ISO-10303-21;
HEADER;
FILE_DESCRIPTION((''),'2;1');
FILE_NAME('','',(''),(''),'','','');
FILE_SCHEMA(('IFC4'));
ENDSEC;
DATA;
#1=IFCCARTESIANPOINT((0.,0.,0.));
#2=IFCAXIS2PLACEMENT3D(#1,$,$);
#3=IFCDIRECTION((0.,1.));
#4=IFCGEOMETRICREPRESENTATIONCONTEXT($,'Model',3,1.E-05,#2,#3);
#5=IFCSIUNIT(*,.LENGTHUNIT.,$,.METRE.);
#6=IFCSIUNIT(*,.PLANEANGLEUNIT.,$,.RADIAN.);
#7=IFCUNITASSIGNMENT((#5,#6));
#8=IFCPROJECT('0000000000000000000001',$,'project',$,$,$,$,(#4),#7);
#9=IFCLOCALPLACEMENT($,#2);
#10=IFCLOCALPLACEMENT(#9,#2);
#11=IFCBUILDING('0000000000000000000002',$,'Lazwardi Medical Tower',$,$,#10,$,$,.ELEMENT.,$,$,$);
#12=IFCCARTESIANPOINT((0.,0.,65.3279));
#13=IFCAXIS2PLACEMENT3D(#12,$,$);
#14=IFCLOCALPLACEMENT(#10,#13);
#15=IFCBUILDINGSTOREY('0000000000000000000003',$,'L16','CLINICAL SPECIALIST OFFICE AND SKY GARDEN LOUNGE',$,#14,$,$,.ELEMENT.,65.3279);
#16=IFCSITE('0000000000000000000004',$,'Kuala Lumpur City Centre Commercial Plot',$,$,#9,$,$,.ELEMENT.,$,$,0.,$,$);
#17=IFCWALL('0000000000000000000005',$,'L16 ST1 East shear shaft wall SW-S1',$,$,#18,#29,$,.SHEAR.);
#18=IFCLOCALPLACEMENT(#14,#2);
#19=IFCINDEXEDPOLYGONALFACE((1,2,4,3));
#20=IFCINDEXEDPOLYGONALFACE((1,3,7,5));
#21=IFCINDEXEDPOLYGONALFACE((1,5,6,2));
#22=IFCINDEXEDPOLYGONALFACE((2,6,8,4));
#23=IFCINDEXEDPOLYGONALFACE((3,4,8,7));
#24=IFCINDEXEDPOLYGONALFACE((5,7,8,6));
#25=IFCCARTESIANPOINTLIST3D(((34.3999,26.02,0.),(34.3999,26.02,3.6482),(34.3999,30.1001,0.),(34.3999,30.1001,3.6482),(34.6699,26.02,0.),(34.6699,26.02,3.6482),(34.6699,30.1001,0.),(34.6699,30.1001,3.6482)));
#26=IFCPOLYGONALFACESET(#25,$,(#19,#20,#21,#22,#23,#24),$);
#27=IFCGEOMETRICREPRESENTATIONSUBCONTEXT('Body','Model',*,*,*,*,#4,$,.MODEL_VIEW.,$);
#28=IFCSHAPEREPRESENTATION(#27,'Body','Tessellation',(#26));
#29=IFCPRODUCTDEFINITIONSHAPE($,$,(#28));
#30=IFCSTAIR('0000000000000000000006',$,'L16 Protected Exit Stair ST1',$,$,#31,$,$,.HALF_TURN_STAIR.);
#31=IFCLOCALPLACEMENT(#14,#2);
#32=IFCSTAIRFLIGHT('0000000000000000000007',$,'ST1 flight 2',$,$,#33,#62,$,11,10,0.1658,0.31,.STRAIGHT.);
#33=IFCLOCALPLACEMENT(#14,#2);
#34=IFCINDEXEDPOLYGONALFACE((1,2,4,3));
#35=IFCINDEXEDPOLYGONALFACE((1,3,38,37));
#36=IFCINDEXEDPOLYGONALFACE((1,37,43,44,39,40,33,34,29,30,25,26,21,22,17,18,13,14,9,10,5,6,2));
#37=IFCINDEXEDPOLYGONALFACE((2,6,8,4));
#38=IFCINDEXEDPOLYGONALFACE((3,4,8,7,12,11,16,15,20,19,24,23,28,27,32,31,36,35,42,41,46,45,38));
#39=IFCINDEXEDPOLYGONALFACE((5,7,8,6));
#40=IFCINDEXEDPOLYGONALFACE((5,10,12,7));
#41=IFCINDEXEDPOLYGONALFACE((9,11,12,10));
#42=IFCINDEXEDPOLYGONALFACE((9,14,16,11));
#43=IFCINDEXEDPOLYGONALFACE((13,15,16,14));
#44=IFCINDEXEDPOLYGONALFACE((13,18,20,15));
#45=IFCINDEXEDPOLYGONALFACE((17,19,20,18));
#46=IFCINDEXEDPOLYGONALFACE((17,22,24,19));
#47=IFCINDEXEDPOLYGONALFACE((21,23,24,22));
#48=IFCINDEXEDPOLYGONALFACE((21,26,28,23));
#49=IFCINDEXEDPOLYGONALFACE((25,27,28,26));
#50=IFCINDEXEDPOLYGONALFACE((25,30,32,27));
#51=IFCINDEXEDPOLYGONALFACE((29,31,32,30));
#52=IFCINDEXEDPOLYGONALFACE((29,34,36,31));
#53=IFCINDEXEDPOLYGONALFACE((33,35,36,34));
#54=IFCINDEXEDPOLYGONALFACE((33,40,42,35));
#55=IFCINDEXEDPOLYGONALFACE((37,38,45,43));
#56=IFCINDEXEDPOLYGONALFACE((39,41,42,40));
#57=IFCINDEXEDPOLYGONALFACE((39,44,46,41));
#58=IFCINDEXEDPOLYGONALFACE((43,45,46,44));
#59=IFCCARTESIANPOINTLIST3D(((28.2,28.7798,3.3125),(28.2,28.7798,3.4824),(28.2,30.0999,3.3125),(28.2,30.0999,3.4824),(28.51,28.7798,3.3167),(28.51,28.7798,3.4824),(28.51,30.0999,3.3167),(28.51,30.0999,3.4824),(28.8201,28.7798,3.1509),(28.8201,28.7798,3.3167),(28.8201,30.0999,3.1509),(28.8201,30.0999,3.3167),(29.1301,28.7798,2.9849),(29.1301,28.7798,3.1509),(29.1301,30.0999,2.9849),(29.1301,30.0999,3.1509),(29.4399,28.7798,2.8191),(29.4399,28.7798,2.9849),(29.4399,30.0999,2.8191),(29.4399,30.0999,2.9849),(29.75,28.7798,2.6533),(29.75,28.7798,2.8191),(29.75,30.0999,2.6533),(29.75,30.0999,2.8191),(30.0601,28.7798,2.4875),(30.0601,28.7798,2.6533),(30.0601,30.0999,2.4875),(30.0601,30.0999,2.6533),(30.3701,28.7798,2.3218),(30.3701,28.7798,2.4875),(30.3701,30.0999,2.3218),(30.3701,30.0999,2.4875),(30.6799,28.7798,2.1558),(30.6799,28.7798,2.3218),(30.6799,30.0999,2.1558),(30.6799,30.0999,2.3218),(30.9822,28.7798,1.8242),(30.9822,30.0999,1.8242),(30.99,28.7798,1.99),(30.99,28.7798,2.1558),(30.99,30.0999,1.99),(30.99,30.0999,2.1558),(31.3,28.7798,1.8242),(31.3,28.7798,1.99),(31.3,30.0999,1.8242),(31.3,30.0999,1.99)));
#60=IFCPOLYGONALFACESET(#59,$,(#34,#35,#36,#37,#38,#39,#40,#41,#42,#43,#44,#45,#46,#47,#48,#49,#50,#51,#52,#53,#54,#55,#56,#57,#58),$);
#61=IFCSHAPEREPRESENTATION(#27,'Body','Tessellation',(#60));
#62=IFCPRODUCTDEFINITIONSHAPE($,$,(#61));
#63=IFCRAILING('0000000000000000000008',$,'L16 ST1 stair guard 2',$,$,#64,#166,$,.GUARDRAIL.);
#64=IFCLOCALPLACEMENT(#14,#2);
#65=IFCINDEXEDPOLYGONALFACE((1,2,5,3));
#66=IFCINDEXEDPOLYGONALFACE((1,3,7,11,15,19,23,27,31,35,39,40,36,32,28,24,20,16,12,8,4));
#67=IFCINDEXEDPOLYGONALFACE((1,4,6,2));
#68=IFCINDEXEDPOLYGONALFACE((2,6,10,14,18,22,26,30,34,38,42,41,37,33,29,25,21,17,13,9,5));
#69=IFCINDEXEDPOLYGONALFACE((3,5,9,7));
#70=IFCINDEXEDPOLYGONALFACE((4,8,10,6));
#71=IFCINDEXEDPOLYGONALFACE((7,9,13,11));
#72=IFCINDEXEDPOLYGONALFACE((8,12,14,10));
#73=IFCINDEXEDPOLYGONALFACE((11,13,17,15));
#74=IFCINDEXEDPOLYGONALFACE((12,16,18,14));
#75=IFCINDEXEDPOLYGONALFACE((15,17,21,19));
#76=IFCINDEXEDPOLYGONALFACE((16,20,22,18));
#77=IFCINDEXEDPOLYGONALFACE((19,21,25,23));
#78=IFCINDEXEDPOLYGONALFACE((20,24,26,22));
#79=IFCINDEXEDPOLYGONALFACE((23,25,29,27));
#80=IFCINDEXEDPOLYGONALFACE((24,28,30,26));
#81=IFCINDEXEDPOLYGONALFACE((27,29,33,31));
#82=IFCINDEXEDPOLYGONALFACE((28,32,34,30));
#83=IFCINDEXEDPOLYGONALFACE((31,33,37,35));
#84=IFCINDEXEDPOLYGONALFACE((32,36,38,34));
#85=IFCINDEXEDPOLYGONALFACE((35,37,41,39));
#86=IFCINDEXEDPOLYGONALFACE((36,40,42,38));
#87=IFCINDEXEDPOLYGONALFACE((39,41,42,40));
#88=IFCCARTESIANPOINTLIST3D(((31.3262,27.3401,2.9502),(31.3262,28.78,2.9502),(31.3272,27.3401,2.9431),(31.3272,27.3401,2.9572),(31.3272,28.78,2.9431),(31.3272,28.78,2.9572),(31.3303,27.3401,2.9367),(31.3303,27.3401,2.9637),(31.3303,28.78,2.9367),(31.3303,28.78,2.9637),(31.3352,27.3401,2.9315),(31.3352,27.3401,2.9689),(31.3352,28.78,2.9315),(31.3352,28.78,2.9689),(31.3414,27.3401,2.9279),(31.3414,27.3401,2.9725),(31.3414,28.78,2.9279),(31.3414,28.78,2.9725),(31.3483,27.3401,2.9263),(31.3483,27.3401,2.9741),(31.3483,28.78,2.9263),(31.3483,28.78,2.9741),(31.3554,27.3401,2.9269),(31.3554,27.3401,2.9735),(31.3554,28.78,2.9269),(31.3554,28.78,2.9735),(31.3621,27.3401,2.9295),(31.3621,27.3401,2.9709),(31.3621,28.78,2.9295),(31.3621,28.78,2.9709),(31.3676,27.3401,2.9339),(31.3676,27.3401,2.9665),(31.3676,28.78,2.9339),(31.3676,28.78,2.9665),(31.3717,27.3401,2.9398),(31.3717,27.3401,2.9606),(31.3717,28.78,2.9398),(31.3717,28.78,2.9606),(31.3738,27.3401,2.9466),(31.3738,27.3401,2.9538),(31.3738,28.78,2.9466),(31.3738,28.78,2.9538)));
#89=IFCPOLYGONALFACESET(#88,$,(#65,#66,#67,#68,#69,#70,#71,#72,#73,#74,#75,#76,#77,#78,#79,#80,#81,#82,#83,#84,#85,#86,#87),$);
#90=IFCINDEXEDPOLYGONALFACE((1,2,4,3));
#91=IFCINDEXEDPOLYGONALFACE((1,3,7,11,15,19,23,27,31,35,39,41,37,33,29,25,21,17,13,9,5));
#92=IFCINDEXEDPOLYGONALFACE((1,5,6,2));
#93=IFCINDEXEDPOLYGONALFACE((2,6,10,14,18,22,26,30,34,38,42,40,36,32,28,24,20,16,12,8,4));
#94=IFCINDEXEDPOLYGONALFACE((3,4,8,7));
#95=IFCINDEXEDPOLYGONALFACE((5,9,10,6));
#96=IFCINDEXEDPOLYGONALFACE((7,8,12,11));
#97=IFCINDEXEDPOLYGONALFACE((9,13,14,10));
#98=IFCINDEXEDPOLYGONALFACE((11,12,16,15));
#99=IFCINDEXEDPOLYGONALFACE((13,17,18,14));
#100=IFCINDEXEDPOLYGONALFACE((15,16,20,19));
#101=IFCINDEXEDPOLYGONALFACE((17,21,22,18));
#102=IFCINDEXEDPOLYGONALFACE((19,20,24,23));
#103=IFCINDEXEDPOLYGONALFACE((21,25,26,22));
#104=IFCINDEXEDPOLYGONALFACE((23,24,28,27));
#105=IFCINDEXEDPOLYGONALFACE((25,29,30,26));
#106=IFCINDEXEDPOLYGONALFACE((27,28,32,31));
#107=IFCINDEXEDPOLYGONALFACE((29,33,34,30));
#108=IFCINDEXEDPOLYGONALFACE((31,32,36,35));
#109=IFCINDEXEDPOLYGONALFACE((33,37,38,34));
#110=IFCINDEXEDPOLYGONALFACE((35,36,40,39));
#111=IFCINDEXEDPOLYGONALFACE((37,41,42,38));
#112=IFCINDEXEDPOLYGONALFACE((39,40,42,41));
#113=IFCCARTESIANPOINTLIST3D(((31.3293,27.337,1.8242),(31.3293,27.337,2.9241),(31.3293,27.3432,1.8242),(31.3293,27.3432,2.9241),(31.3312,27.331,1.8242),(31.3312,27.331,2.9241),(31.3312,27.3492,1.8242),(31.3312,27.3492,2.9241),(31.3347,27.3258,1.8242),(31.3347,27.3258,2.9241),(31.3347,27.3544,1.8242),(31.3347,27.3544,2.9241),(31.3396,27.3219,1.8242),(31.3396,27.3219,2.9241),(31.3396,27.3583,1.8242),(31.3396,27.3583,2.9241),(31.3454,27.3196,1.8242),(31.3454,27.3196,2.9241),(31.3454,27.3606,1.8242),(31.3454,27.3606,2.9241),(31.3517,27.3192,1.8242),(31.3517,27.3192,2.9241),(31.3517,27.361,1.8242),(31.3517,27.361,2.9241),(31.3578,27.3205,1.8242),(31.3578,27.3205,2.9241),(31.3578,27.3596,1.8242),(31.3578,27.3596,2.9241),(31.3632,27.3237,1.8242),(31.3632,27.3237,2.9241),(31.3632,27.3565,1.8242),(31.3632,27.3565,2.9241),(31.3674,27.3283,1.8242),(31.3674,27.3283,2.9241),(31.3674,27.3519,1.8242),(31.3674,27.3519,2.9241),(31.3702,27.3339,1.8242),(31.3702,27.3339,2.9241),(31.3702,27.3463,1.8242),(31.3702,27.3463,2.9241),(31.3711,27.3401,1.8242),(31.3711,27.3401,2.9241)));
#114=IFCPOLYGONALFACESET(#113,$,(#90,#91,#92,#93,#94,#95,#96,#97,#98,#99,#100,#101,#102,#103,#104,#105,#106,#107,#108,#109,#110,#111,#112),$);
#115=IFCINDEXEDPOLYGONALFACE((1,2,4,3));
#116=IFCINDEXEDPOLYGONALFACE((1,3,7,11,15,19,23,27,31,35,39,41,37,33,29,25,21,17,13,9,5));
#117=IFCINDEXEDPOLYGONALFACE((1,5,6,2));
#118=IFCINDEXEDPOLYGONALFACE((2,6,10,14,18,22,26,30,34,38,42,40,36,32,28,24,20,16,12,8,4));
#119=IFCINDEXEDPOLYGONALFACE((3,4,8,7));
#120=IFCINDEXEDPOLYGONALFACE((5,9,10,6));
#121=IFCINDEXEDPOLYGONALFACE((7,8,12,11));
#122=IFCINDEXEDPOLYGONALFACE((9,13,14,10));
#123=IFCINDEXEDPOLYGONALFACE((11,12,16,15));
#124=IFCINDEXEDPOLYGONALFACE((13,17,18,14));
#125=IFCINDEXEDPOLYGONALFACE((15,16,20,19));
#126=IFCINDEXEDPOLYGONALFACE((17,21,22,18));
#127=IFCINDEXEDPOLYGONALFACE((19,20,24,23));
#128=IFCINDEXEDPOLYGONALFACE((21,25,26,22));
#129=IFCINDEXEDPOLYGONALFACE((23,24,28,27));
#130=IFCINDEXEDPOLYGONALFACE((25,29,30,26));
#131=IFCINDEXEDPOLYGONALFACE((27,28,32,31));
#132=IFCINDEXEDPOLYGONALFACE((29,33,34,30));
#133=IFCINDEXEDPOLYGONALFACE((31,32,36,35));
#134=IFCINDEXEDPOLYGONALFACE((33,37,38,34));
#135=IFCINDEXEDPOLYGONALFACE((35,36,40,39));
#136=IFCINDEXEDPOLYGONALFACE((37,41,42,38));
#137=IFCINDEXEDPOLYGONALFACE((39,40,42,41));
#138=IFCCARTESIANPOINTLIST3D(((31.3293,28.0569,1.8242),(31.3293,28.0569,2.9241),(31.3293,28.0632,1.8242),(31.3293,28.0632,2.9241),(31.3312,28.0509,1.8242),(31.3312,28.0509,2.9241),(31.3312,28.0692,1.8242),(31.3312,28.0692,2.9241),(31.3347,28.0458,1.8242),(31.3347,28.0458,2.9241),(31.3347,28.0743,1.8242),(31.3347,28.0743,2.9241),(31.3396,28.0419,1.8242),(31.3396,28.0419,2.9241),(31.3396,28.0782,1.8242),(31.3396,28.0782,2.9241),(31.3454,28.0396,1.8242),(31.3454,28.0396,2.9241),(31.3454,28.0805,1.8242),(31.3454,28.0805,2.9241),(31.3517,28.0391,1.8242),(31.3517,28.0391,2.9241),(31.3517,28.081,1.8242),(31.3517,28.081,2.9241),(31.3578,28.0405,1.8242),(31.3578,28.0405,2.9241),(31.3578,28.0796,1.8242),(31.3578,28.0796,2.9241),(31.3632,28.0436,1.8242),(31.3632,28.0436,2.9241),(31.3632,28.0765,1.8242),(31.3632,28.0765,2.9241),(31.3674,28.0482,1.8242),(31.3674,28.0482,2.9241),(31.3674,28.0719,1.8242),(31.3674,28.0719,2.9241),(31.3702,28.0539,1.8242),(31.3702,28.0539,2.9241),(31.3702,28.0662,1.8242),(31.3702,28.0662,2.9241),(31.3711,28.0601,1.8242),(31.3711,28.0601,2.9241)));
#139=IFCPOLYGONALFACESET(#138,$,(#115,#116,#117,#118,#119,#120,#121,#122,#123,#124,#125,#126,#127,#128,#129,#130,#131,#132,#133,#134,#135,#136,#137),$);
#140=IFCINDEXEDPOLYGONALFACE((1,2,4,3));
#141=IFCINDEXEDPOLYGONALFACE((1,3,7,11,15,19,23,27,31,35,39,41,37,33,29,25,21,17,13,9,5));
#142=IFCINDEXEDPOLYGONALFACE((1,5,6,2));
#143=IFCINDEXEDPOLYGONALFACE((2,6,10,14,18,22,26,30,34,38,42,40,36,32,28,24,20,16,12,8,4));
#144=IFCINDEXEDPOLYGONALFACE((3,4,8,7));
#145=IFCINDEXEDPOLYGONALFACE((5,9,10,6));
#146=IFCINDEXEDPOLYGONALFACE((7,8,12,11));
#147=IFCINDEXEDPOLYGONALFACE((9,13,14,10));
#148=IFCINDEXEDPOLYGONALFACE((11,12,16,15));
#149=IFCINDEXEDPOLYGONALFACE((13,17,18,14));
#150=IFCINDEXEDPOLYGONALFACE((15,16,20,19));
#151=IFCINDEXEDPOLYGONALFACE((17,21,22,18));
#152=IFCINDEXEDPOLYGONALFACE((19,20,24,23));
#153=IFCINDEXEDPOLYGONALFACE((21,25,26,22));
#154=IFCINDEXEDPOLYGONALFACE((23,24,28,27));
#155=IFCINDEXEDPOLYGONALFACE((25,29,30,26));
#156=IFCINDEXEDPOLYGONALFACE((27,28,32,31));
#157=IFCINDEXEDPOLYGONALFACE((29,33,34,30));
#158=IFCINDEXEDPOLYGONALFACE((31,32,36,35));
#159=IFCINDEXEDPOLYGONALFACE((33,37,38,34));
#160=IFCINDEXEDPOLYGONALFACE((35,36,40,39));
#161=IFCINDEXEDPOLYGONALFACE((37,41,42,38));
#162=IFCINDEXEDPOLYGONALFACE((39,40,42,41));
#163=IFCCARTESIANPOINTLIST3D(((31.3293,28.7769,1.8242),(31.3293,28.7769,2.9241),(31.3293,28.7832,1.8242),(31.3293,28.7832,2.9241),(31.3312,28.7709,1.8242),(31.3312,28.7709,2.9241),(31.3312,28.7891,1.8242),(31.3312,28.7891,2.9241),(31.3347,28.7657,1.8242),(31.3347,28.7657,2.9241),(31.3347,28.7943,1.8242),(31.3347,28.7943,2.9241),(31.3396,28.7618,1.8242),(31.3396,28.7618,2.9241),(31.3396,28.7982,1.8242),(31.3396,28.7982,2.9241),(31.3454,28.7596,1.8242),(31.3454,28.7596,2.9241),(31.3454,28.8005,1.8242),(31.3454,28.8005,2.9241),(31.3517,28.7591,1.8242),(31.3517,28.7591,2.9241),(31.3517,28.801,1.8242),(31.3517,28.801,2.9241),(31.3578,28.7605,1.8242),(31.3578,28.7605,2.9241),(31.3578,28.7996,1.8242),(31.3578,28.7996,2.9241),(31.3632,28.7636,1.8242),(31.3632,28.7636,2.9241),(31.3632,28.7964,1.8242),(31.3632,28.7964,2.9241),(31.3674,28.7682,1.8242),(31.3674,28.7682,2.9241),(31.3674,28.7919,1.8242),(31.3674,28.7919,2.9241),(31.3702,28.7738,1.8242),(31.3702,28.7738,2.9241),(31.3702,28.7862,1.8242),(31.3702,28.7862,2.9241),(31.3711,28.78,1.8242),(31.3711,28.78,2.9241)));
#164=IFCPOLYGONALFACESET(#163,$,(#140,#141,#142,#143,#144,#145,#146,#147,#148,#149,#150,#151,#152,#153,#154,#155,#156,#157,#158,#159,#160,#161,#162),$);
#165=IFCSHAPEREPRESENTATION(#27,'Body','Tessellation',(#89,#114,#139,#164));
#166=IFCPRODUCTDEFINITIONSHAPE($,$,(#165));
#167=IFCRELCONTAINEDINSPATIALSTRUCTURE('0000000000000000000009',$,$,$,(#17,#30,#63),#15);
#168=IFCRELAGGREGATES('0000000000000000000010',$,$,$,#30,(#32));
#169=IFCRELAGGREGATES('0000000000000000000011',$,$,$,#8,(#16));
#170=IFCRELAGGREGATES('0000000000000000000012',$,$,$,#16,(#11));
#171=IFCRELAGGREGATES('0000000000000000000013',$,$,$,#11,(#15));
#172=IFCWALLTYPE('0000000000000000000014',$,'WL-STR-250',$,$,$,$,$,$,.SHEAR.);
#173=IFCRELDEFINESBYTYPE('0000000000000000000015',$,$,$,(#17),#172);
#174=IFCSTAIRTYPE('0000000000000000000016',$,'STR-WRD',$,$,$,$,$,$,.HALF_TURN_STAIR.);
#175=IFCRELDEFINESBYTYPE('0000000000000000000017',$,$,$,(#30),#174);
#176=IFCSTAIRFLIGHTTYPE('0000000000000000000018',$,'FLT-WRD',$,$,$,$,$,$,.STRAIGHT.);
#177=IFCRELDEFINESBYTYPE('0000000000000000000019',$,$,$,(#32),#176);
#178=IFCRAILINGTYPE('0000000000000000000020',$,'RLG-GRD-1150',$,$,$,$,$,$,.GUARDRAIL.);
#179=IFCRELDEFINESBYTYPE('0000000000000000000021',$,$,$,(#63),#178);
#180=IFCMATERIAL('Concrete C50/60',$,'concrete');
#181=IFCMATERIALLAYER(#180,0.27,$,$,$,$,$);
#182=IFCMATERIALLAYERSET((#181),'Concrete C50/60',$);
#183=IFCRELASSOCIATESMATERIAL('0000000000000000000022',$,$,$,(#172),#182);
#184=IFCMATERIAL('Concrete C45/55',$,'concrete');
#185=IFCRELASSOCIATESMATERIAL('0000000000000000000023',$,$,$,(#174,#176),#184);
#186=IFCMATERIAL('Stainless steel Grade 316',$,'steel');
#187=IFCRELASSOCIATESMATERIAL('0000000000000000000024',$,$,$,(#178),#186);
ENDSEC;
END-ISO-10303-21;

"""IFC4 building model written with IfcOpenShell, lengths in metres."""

from ifc_helpers import new_model, si_unit, direction, frame, frame_2d, origin, origin_2d, place, context, subcontext, project, spatial, polyline, rectangle, circle, outline, extrude, material, layer, layer_set, type_object, element, aggregate, save


model = new_model("IFC4")

# Units and contexts
model_context = context("Model", 3, precision=1e-05, world=origin(), true_north=direction((0.0, 1.0)))
body_context = subcontext(model_context, "Body", "Model", "MODEL_VIEW")
ifc_project = project(units=[si_unit("LENGTHUNIT", "METRE"), si_unit("PLANEANGLEUNIT", "RADIAN")], contexts=[model_context])

# Site, building, storey
site_placement = place(None, origin())
site = spatial("IfcSite", under=ifc_project, at=site_placement, Name="Kuala Lumpur City Centre Commercial Plot", CompositionType="ELEMENT", RefElevation=0.0)
building_placement = place(site_placement, origin())
building = spatial("IfcBuilding", under=site, at=building_placement, Name="Lazwardi Medical Tower", CompositionType="ELEMENT")
storey_placement = place(building_placement, frame((0.0, 0.0, 65.3279)))
storey = spatial("IfcBuildingStorey", under=building, at=storey_placement, Name="L16", Description="CLINICAL SPECIALIST OFFICE AND SKY GARDEN LOUNGE", CompositionType="ELEMENT", Elevation=65.3279)

# Shared definitions
ifc_material_1 = material(Name="Concrete C50/60", Category="concrete")
ifc_layer_1 = layer(ifc_material_1, 0.27)
ifc_layer_set_1 = layer_set([ifc_layer_1], Name="Concrete C50/60")
wall_type_1 = type_object("IfcWallType", Name="WL-STR-250", PredefinedType="SHEAR", material=ifc_layer_set_1)

# Wall
wall_1_placement = place(storey_placement, frame((34.5349, 26.02, 0.0), z_axis=(0.0, 0.0, 1.0), x_axis=(0.0, 1.0, 0.0)))
element("IfcWall", 1, at=wall_1_placement, inside=storey, type_object=wall_type_1, Name="L16 ST1 East shear shaft wall SW-S1", PredefinedType="SHEAR", context=body_context, shape_type="SweptSolid", body=[
    extrude(rectangle(XDim=4.0801, YDim=0.27, at=frame_2d((2.04, 0.0))), origin(), (0.0, 0.0, 1.0), 3.6482),
])

# Stair, stair flight
ifc_material_2 = material(Name="Concrete C45/55", Category="concrete")
stair_type = type_object("IfcStairType", Name="STR-WRD", PredefinedType="HALF_TURN_STAIR", material=ifc_material_2)
stair_placement = place(storey_placement, origin())
stair = element("IfcStair", 2, at=stair_placement, inside=storey, type_object=stair_type, Name="L16 Protected Exit Stair ST1", PredefinedType="HALF_TURN_STAIR")
stair_flight_type = type_object("IfcStairFlightType", Name="FLT-WRD", PredefinedType="STRAIGHT", material=ifc_material_2)
stair_flight_placement = place(storey_placement, frame((31.3, 29.4399, 1.8242), z_axis=(0.0, 0.0, 1.0), x_axis=(-1.0, 0.0, 0.0)))
stair_flight = element("IfcStairFlight", 3, at=stair_flight_placement, type_object=stair_flight_type, Name="ST1 flight 2", NumberOfRisers=11, NumberOfTreads=10, PredefinedType="STRAIGHT", RiserHeight=0.1658, TreadLength=0.31, context=body_context, shape_type="SweptSolid", body=[
    extrude(outline(polyline([(0.0, 0.0), (0.0, 0.1658), (0.3101, 0.1658), (0.3101, 0.3315), (0.6201, 0.3315), (0.6201, 0.4976), (0.9299, 0.4976), (0.9299, 0.6633), (1.24, 0.6633), (1.24, 0.8291), (1.55, 0.8291), (1.55, 0.9949), (1.8601, 0.9949), (1.8601, 1.1606), (2.1699, 1.1606), (2.1699, 1.3267), (2.48, 1.3267), (2.48, 1.4924), (2.79, 1.4924), (2.79, 1.6582), (3.1001, 1.6582), (3.1001, 1.824), (3.1001, 1.4883), (0.3179, 0.0), (0.0, 0.0)])), frame((0.0, 0.6602, 0.0), z_axis=(0.0, -1.0, 0.0), x_axis=(1.0, 0.0, 0.0)), (0.0, 0.0, 1.0), 1.3201),
])
aggregate(stair, [stair_flight])

# Railing
ifc_material_3 = material(Name="Stainless steel Grade 316", Category="steel")
railing_type_1 = type_object("IfcRailingType", Name="RLG-GRD-1150", PredefinedType="GUARDRAIL", material=ifc_material_3)
railing_1_placement = place(storey_placement, frame((31.3501, 27.3401, 1.8242)))
element("IfcRailing", 4, at=railing_1_placement, inside=storey, type_object=railing_type_1, Name="L16 ST1 stair guard 2", PredefinedType="GUARDRAIL", context=body_context, shape_type="SweptSolid", body=[
    extrude(circle(Radius=0.0239, at=origin_2d()), frame((0.0, 0.0, 1.126), z_axis=(0.0, 1.0, 0.0), x_axis=(-1.0, 0.0, 0.0)), (0.0, 0.0, 1.0), 1.4399),
    extrude(circle(Radius=0.021, at=origin_2d()), origin(), (0.0, 0.0, 1.0), 1.0999),
    extrude(circle(Radius=0.021, at=origin_2d()), frame((0.0, 0.72, 0.0)), (0.0, 0.0, 1.0), 1.0999),
    extrude(circle(Radius=0.021, at=origin_2d()), frame((0.0, 1.4399, 0.0)), (0.0, 0.0, 1.0), 1.0999),
])

save(model, "model.ifc")
